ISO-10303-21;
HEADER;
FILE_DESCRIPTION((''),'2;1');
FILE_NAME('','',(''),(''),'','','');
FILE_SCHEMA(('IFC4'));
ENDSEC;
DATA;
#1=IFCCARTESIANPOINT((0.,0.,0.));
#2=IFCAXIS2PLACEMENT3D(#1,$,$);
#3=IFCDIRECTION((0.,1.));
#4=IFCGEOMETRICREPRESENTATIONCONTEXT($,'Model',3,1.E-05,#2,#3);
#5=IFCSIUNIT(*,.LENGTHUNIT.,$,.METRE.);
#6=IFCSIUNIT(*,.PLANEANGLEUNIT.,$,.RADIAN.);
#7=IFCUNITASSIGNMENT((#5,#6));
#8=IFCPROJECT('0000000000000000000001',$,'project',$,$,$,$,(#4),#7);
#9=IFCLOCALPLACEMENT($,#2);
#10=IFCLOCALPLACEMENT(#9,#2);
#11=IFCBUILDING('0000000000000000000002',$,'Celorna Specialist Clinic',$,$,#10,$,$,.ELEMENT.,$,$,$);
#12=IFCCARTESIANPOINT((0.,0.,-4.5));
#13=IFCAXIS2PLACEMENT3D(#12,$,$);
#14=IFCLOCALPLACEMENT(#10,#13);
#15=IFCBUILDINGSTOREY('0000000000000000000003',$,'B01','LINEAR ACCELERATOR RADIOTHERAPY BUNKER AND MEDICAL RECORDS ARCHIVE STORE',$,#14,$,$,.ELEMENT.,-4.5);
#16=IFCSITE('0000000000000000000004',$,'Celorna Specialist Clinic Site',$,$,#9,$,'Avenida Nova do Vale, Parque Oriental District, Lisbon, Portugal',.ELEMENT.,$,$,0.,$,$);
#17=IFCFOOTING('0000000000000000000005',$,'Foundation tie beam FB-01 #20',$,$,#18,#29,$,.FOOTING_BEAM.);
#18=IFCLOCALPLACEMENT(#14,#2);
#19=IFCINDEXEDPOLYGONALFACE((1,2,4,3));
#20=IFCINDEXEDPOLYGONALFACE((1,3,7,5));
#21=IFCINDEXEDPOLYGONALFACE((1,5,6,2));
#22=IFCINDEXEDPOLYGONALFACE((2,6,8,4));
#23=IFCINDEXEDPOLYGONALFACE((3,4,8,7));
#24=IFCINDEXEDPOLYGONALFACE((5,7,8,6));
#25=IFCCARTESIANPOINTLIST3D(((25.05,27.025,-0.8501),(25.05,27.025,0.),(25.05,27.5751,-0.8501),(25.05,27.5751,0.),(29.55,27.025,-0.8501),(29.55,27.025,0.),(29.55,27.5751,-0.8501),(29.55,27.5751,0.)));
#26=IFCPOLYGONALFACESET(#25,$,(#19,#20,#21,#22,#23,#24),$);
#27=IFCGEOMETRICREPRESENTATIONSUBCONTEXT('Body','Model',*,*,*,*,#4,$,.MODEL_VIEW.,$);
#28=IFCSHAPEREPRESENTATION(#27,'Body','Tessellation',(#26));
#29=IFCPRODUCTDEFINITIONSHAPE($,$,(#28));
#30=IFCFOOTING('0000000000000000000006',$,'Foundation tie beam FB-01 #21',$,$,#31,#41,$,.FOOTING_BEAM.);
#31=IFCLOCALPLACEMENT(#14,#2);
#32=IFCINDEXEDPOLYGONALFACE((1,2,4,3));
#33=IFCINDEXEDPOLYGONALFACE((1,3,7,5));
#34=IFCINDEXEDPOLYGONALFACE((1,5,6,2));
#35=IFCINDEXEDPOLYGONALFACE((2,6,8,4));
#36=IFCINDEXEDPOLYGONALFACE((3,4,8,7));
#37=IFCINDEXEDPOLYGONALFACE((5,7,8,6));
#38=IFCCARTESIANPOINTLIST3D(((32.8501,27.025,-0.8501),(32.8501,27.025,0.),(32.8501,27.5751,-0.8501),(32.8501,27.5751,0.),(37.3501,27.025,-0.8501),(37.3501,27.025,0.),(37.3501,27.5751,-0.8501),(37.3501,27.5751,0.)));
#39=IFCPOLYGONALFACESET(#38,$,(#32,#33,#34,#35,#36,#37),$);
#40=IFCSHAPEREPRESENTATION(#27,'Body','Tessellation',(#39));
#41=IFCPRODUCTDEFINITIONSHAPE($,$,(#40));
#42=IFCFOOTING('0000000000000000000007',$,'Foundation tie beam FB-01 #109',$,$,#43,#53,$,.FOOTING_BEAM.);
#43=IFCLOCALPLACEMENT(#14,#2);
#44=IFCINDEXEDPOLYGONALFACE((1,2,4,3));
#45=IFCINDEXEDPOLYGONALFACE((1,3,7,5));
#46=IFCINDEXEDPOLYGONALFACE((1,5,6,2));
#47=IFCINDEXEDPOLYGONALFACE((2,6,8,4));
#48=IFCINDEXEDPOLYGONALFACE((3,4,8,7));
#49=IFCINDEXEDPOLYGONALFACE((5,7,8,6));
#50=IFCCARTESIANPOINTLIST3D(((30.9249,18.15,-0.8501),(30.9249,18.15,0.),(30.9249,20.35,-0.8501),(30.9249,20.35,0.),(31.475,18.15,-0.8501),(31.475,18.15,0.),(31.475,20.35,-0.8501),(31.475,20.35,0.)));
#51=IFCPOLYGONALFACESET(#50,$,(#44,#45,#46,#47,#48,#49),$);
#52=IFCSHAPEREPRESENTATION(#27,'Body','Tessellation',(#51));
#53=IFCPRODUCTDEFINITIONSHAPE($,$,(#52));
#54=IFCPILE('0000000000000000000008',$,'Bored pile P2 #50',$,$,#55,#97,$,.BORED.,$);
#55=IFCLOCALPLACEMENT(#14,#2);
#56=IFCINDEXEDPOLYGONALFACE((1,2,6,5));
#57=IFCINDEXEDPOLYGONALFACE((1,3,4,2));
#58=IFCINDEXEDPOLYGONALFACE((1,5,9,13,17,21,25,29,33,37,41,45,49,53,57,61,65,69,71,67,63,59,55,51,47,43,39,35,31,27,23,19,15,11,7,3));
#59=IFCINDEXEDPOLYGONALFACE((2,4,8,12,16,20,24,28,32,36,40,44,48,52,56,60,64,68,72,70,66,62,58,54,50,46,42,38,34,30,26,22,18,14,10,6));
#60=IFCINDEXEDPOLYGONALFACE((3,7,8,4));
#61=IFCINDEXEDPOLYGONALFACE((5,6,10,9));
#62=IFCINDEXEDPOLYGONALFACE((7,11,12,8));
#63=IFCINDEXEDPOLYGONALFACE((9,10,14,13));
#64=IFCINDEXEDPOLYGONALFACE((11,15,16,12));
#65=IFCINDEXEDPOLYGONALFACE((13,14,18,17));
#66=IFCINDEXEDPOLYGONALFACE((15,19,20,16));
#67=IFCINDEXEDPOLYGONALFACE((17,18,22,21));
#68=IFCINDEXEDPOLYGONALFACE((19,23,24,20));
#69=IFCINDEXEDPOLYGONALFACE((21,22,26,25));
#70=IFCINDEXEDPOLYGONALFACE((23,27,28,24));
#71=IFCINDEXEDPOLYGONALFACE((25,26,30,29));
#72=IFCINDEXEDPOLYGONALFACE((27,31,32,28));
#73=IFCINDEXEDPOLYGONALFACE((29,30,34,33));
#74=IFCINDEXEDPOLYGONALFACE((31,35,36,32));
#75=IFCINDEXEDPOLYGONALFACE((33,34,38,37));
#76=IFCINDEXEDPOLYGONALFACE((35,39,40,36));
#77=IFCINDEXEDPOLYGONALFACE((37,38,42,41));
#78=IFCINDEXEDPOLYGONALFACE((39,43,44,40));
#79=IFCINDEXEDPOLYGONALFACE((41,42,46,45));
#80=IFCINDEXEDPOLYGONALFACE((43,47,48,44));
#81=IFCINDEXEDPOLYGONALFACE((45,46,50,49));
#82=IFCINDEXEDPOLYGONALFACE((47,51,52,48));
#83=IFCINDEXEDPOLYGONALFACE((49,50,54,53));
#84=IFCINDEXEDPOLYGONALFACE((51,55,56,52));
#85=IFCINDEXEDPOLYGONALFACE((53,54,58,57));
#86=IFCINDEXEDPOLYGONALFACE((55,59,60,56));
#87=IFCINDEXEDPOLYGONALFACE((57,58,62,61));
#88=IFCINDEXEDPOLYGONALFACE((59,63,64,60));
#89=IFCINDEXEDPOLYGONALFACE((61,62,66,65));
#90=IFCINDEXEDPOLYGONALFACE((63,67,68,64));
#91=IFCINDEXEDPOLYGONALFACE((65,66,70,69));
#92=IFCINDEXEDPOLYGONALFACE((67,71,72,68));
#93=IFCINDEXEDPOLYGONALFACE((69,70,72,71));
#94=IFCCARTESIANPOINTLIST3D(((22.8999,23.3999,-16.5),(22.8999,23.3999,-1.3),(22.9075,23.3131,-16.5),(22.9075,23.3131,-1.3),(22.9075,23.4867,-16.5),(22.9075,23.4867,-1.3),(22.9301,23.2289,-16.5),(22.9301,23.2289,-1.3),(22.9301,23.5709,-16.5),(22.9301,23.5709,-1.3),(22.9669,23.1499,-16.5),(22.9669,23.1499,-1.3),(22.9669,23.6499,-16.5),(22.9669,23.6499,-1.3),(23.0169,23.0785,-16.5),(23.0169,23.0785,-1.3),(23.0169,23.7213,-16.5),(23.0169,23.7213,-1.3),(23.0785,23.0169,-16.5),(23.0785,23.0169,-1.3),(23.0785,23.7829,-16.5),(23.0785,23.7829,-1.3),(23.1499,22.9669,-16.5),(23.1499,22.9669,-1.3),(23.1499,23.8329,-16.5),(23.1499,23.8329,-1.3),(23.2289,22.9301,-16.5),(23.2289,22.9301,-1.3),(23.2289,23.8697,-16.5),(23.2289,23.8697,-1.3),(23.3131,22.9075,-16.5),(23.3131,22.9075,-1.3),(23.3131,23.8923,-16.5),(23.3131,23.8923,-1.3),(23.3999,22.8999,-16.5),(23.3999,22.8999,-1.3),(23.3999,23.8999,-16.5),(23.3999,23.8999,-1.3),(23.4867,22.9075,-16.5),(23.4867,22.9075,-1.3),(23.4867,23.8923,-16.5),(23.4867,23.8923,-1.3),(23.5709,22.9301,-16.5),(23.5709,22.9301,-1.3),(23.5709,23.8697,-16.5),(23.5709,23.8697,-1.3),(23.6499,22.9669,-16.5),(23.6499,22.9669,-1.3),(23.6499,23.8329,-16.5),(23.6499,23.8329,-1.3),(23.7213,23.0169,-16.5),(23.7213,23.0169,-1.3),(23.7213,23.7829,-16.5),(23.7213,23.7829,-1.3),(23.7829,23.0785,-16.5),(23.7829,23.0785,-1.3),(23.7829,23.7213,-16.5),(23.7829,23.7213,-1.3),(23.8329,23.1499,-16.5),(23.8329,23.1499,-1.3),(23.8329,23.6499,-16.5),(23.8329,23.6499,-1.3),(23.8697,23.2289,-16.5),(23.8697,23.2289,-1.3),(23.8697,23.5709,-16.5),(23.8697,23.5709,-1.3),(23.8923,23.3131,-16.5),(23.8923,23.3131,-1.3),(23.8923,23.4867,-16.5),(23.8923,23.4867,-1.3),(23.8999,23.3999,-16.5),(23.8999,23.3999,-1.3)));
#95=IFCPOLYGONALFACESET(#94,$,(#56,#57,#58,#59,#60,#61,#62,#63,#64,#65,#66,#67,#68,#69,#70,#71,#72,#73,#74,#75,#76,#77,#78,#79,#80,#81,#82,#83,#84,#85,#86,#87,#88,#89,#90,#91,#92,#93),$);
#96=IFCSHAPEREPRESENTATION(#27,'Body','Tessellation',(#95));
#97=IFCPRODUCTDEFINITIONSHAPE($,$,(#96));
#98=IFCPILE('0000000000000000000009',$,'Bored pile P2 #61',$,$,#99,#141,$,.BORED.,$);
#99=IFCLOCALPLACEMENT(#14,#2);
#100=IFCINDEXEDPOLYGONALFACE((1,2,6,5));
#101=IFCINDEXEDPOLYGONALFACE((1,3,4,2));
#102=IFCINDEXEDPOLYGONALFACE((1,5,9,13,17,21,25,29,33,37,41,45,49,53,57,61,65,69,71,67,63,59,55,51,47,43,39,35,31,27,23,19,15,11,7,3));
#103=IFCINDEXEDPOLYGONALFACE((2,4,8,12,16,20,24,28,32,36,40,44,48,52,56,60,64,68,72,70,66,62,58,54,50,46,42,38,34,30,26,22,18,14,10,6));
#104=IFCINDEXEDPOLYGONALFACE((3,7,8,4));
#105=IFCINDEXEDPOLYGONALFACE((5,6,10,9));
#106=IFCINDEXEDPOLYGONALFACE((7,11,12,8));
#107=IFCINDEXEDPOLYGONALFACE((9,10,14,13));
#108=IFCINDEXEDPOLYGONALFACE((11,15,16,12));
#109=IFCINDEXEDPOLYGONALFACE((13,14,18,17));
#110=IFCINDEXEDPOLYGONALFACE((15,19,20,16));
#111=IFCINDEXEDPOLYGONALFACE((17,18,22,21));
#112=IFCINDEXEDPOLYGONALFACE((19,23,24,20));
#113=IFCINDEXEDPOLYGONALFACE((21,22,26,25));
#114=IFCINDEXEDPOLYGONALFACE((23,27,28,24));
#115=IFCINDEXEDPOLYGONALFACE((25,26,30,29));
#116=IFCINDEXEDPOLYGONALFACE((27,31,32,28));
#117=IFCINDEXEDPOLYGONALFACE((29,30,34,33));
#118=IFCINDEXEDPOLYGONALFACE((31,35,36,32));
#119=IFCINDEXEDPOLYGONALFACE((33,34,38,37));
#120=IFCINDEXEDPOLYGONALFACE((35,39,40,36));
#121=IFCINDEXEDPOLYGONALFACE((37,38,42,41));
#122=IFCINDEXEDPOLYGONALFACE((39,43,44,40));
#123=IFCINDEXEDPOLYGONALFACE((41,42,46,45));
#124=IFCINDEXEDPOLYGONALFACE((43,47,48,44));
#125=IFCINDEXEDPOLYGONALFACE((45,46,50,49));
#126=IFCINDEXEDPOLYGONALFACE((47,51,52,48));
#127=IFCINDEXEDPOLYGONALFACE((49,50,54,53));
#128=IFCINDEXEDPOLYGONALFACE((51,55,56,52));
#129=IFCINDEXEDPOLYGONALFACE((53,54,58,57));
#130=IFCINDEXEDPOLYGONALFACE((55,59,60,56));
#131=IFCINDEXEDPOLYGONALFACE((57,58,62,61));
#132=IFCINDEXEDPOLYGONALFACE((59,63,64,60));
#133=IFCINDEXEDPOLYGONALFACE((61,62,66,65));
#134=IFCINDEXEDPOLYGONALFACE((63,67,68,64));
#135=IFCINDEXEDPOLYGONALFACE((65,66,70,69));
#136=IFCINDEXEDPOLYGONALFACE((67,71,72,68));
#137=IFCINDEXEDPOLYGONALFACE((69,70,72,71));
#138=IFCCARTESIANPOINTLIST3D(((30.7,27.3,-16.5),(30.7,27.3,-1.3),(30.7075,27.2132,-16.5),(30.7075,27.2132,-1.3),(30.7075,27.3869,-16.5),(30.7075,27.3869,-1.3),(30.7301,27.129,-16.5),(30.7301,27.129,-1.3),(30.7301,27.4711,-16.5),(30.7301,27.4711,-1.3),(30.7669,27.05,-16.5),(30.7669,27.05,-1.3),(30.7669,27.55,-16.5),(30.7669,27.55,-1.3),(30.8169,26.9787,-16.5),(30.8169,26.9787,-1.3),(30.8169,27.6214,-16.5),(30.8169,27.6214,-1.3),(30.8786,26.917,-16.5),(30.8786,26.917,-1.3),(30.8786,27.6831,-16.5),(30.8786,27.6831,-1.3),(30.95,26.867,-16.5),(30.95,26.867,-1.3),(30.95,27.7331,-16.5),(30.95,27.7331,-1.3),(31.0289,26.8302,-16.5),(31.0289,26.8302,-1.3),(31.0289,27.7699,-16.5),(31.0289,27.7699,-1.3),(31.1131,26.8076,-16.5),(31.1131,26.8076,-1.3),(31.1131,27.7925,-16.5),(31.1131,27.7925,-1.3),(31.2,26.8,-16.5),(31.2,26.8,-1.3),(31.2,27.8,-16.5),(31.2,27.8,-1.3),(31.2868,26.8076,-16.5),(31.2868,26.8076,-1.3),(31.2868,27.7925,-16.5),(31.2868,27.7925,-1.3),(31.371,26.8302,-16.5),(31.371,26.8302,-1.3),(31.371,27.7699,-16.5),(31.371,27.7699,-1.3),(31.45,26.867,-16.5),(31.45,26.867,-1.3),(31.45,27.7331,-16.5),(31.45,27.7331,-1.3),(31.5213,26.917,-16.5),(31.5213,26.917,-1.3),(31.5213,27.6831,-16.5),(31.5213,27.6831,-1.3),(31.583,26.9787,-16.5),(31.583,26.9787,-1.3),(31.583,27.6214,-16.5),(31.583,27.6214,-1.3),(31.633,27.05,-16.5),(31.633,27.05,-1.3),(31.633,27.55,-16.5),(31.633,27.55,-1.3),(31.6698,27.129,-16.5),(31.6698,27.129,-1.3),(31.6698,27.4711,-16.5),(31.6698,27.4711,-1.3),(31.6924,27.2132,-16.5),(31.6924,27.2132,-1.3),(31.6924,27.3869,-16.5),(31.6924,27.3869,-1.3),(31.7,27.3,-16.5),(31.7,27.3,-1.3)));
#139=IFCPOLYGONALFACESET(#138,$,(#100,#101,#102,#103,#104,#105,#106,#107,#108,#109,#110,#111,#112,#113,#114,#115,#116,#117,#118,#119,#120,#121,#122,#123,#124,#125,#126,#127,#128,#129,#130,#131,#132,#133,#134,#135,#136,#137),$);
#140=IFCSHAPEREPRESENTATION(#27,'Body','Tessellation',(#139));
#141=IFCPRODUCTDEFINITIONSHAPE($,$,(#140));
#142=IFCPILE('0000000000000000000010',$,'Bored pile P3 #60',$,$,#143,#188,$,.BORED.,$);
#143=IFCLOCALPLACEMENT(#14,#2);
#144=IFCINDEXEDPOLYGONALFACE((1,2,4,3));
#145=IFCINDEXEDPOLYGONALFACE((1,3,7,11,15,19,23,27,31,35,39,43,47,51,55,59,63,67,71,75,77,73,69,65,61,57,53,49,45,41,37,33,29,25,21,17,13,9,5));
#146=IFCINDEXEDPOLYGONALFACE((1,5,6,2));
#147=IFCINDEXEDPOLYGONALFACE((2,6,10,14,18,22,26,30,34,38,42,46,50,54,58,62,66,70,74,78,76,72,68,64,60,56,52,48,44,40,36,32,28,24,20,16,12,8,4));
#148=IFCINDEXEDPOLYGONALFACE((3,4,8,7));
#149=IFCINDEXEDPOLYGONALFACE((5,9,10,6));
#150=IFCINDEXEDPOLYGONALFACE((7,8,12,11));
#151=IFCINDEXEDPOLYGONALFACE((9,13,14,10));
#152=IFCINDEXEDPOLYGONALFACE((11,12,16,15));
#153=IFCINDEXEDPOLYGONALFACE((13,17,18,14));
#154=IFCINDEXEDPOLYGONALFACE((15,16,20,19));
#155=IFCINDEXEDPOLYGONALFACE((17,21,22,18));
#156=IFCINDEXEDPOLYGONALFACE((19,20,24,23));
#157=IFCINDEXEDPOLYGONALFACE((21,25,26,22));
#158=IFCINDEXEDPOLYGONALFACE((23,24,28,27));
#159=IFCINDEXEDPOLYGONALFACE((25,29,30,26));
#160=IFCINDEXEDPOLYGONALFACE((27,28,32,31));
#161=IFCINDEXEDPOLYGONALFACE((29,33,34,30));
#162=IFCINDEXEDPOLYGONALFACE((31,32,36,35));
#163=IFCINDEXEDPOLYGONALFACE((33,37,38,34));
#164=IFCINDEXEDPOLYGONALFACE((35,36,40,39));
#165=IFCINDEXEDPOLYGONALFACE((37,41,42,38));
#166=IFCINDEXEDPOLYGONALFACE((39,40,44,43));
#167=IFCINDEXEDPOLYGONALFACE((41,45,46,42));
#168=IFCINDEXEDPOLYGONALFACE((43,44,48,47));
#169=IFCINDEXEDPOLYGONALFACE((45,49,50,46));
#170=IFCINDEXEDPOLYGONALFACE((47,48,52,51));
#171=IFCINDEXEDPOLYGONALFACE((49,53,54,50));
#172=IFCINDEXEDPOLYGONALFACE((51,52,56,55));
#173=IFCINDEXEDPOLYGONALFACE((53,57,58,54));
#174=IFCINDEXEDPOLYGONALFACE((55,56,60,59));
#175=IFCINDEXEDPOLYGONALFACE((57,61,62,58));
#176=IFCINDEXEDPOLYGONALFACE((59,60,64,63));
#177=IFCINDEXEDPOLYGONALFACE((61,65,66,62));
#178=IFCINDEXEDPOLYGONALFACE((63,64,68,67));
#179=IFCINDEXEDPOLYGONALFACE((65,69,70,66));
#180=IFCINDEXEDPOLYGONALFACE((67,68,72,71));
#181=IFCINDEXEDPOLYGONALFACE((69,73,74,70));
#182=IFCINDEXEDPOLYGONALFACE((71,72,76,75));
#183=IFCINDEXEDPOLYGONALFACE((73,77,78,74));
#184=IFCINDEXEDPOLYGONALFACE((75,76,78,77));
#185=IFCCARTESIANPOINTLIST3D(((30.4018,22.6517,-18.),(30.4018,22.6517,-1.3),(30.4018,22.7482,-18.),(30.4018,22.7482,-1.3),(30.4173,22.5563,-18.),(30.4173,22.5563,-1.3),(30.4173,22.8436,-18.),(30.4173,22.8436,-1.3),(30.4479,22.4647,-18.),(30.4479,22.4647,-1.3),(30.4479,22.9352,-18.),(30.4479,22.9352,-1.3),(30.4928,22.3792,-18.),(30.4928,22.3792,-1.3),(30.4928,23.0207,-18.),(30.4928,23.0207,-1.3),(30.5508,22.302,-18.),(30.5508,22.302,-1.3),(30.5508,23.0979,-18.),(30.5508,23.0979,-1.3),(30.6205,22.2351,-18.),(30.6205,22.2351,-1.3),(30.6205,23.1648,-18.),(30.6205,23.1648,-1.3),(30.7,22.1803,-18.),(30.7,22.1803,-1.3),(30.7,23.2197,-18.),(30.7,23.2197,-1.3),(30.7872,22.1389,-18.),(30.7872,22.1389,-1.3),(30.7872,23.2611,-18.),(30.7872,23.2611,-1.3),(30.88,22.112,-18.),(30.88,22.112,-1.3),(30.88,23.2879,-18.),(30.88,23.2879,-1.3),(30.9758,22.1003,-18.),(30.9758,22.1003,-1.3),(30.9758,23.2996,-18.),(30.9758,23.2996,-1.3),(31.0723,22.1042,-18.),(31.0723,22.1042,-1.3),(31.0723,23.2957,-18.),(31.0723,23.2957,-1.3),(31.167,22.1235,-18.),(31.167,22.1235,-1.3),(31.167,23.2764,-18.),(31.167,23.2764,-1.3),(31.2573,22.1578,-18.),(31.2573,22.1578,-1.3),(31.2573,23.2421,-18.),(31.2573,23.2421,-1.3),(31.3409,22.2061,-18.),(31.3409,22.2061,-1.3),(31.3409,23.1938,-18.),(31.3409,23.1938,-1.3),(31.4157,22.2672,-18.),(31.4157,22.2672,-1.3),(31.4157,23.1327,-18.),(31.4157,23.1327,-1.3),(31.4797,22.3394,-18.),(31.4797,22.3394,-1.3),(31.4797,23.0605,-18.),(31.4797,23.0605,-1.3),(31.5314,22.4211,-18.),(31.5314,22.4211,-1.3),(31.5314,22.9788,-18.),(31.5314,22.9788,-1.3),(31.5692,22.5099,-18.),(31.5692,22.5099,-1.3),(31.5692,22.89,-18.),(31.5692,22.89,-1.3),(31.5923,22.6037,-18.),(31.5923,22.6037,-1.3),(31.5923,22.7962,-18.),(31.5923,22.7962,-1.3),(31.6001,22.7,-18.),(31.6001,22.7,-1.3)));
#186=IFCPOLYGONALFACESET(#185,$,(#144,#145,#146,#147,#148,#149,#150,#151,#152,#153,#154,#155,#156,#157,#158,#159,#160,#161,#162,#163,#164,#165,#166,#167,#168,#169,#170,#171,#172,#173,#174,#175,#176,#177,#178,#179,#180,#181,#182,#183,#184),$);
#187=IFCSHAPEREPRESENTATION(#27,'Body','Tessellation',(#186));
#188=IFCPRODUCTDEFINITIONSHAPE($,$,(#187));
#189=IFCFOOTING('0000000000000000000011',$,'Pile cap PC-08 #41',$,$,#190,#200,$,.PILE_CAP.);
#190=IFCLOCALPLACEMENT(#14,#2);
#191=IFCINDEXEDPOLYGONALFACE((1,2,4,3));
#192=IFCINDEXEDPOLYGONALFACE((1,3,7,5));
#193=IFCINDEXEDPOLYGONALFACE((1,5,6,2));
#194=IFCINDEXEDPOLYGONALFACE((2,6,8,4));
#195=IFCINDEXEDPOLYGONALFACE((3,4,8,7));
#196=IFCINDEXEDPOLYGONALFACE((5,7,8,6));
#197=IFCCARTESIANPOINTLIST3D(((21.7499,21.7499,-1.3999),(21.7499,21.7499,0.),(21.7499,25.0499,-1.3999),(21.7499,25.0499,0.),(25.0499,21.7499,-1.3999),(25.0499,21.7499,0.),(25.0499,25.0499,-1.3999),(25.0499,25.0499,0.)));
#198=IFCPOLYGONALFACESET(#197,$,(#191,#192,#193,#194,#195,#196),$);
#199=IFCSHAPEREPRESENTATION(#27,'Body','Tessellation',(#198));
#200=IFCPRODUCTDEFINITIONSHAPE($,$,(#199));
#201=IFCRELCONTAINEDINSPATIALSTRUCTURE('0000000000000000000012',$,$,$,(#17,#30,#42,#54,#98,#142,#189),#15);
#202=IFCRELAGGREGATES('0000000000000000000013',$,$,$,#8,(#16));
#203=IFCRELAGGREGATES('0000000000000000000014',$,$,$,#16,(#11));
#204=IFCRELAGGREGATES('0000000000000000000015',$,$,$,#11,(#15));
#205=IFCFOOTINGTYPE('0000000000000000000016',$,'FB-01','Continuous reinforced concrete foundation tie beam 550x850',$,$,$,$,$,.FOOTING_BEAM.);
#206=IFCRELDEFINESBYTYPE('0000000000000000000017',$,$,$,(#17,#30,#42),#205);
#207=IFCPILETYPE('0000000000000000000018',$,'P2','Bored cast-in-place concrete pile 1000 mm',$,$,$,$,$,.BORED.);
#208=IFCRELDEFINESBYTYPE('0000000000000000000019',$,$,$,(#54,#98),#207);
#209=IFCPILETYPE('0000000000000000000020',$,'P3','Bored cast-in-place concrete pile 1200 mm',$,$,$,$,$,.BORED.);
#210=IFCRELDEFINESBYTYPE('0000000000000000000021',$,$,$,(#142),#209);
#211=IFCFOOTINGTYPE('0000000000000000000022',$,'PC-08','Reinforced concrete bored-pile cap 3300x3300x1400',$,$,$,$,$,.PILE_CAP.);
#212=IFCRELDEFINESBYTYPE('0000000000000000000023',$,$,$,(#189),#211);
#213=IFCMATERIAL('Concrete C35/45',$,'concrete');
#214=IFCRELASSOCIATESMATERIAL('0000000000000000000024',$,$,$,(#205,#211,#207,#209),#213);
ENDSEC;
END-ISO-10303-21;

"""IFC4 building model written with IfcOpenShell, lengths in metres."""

from ifc_helpers import new_model, si_unit, direction, frame, origin, origin_2d, place, context, subcontext, project, spatial, rectangle, circle, extrude, material, material_profile, profile_set, type_object, element, save


model = new_model("IFC4")

# Units and contexts
model_context = context("Model", 3, precision=1e-05, world=origin(), true_north=direction((0.0, 1.0)))
body_context = subcontext(model_context, "Body", "Model", "MODEL_VIEW")
ifc_project = project(units=[si_unit("LENGTHUNIT", "METRE"), si_unit("PLANEANGLEUNIT", "RADIAN")], contexts=[model_context])

# Site, building, storey
site_placement = place(None, origin())
site = spatial("IfcSite", under=ifc_project, at=site_placement, Name="Celorna Specialist Clinic Site", LongName="Avenida Nova do Vale, Parque Oriental District, Lisbon, Portugal", CompositionType="ELEMENT", RefElevation=0.0)
building_placement = place(site_placement, origin())
building = spatial("IfcBuilding", under=site, at=building_placement, Name="Celorna Specialist Clinic", CompositionType="ELEMENT")
storey_placement = place(building_placement, frame((0.0, 0.0, -4.5)))
storey = spatial("IfcBuildingStorey", under=building, at=storey_placement, Name="B01", Description="LINEAR ACCELERATOR RADIOTHERAPY BUNKER AND MEDICAL RECORDS ARCHIVE STORE", CompositionType="ELEMENT", Elevation=-4.5)

# Footings
ifc_material_1 = material(Name="Concrete C35/45", Category="concrete")
footing_type_1 = type_object("IfcFootingType", Name="FB-01", Description="Continuous reinforced concrete foundation tie beam 550x850", PredefinedType="FOOTING_BEAM", material=ifc_material_1)
for number, where, z_axis, x_axis, name in (
    (1, (27.3, 27.3, -0.8501), (0.0, 0.0, 1.0), (1.0, 0.0, 0.0), "Foundation tie beam FB-01 #20"),
    (2, (35.1001, 27.3, -0.8501), (0.0, 0.0, 1.0), (1.0, 0.0, 0.0), "Foundation tie beam FB-01 #21"),
):
    element("IfcFooting", number, at=place(storey_placement, frame(where, z_axis=z_axis, x_axis=x_axis)), inside=storey, type_object=footing_type_1, Name=name, PredefinedType="FOOTING_BEAM", context=body_context, shape_type="SweptSolid", body=[
        extrude(rectangle(XDim=4.5, YDim=0.55, at=origin_2d()), origin(), (0.0, 0.0, 1.0), 0.8501),
    ])
footing_1_placement = place(storey_placement, frame((31.2, 19.25, -0.8501), z_axis=(0.0, 0.0, 1.0), x_axis=(0.0, 1.0, 0.0)))
element("IfcFooting", 3, at=footing_1_placement, inside=storey, type_object=footing_type_1, Name="Foundation tie beam FB-01 #109", PredefinedType="FOOTING_BEAM", context=body_context, shape_type="SweptSolid", body=[
    extrude(rectangle(XDim=2.2, YDim=0.55, at=origin_2d()), origin(), (0.0, 0.0, 1.0), 0.8501),
])

# Piles
ifc_material_profile_1 = material_profile(ifc_material_1, circle(Radius=0.5, at=origin_2d()), Name="BORED PILE 1000")
ifc_profile_set_1 = profile_set([ifc_material_profile_1], Name="Concrete C35/45")
pile_type_1 = type_object("IfcPileType", Name="P2", Description="Bored cast-in-place concrete pile 1000 mm", PredefinedType="BORED", material=ifc_profile_set_1)
for number, where, z_axis, x_axis, name in (
    (4, (23.3999, 23.3999, -1.3), (0.0, 0.0, -1.0), (1.0, 0.0, 0.0), "Bored pile P2 #50"),
    (5, (31.2, 27.3, -1.3), (0.0, 0.0, -1.0), (1.0, 0.0, 0.0), "Bored pile P2 #61"),
):
    element("IfcPile", number, at=place(storey_placement, frame(where, z_axis=z_axis, x_axis=x_axis)), inside=storey, type_object=pile_type_1, Name=name, PredefinedType="BORED", context=body_context, shape_type="SweptSolid", body=[
        extrude(circle(Radius=0.5, at=origin_2d()), origin(), (0.0, 0.0, 1.0), 15.2),
    ])
ifc_material_profile_2 = material_profile(ifc_material_1, circle(Radius=0.6001, at=origin_2d()), Name="BORED PILE 1200")
ifc_profile_set_2 = profile_set([ifc_material_profile_2], Name="Concrete C35/45")
pile_type_2 = type_object("IfcPileType", Name="P3", Description="Bored cast-in-place concrete pile 1200 mm", PredefinedType="BORED", material=ifc_profile_set_2)
pile_placement = place(storey_placement, frame((31.0, 22.7, -1.3), z_axis=(0.0, 0.0, -1.0), x_axis=(1.0, 0.0, 0.0)))
element("IfcPile", 6, at=pile_placement, inside=storey, type_object=pile_type_2, Name="Bored pile P3 #60", PredefinedType="BORED", context=body_context, shape_type="SweptSolid", body=[
    extrude(circle(Radius=0.6001, at=origin_2d()), origin(), (0.0, 0.0, 1.0), 16.7),
])

# Footing
footing_type_2 = type_object("IfcFootingType", Name="PC-08", Description="Reinforced concrete bored-pile cap 3300x3300x1400", PredefinedType="PILE_CAP", material=ifc_material_1)
for number, where, z_axis, x_axis, name in (
    (7, (23.3999, 23.3999, -1.3999), (0.0, 0.0, 1.0), (1.0, 0.0, 0.0), "Pile cap PC-08 #41"),
):
    element("IfcFooting", number, at=place(storey_placement, frame(where, z_axis=z_axis, x_axis=x_axis)), inside=storey, type_object=footing_type_2, Name=name, PredefinedType="PILE_CAP", context=body_context, shape_type="SweptSolid", body=[
        extrude(rectangle(XDim=3.3, YDim=3.3, at=origin_2d()), origin(), (0.0, 0.0, 1.0), 1.3999),
    ])

save(model, "model.ifc")
